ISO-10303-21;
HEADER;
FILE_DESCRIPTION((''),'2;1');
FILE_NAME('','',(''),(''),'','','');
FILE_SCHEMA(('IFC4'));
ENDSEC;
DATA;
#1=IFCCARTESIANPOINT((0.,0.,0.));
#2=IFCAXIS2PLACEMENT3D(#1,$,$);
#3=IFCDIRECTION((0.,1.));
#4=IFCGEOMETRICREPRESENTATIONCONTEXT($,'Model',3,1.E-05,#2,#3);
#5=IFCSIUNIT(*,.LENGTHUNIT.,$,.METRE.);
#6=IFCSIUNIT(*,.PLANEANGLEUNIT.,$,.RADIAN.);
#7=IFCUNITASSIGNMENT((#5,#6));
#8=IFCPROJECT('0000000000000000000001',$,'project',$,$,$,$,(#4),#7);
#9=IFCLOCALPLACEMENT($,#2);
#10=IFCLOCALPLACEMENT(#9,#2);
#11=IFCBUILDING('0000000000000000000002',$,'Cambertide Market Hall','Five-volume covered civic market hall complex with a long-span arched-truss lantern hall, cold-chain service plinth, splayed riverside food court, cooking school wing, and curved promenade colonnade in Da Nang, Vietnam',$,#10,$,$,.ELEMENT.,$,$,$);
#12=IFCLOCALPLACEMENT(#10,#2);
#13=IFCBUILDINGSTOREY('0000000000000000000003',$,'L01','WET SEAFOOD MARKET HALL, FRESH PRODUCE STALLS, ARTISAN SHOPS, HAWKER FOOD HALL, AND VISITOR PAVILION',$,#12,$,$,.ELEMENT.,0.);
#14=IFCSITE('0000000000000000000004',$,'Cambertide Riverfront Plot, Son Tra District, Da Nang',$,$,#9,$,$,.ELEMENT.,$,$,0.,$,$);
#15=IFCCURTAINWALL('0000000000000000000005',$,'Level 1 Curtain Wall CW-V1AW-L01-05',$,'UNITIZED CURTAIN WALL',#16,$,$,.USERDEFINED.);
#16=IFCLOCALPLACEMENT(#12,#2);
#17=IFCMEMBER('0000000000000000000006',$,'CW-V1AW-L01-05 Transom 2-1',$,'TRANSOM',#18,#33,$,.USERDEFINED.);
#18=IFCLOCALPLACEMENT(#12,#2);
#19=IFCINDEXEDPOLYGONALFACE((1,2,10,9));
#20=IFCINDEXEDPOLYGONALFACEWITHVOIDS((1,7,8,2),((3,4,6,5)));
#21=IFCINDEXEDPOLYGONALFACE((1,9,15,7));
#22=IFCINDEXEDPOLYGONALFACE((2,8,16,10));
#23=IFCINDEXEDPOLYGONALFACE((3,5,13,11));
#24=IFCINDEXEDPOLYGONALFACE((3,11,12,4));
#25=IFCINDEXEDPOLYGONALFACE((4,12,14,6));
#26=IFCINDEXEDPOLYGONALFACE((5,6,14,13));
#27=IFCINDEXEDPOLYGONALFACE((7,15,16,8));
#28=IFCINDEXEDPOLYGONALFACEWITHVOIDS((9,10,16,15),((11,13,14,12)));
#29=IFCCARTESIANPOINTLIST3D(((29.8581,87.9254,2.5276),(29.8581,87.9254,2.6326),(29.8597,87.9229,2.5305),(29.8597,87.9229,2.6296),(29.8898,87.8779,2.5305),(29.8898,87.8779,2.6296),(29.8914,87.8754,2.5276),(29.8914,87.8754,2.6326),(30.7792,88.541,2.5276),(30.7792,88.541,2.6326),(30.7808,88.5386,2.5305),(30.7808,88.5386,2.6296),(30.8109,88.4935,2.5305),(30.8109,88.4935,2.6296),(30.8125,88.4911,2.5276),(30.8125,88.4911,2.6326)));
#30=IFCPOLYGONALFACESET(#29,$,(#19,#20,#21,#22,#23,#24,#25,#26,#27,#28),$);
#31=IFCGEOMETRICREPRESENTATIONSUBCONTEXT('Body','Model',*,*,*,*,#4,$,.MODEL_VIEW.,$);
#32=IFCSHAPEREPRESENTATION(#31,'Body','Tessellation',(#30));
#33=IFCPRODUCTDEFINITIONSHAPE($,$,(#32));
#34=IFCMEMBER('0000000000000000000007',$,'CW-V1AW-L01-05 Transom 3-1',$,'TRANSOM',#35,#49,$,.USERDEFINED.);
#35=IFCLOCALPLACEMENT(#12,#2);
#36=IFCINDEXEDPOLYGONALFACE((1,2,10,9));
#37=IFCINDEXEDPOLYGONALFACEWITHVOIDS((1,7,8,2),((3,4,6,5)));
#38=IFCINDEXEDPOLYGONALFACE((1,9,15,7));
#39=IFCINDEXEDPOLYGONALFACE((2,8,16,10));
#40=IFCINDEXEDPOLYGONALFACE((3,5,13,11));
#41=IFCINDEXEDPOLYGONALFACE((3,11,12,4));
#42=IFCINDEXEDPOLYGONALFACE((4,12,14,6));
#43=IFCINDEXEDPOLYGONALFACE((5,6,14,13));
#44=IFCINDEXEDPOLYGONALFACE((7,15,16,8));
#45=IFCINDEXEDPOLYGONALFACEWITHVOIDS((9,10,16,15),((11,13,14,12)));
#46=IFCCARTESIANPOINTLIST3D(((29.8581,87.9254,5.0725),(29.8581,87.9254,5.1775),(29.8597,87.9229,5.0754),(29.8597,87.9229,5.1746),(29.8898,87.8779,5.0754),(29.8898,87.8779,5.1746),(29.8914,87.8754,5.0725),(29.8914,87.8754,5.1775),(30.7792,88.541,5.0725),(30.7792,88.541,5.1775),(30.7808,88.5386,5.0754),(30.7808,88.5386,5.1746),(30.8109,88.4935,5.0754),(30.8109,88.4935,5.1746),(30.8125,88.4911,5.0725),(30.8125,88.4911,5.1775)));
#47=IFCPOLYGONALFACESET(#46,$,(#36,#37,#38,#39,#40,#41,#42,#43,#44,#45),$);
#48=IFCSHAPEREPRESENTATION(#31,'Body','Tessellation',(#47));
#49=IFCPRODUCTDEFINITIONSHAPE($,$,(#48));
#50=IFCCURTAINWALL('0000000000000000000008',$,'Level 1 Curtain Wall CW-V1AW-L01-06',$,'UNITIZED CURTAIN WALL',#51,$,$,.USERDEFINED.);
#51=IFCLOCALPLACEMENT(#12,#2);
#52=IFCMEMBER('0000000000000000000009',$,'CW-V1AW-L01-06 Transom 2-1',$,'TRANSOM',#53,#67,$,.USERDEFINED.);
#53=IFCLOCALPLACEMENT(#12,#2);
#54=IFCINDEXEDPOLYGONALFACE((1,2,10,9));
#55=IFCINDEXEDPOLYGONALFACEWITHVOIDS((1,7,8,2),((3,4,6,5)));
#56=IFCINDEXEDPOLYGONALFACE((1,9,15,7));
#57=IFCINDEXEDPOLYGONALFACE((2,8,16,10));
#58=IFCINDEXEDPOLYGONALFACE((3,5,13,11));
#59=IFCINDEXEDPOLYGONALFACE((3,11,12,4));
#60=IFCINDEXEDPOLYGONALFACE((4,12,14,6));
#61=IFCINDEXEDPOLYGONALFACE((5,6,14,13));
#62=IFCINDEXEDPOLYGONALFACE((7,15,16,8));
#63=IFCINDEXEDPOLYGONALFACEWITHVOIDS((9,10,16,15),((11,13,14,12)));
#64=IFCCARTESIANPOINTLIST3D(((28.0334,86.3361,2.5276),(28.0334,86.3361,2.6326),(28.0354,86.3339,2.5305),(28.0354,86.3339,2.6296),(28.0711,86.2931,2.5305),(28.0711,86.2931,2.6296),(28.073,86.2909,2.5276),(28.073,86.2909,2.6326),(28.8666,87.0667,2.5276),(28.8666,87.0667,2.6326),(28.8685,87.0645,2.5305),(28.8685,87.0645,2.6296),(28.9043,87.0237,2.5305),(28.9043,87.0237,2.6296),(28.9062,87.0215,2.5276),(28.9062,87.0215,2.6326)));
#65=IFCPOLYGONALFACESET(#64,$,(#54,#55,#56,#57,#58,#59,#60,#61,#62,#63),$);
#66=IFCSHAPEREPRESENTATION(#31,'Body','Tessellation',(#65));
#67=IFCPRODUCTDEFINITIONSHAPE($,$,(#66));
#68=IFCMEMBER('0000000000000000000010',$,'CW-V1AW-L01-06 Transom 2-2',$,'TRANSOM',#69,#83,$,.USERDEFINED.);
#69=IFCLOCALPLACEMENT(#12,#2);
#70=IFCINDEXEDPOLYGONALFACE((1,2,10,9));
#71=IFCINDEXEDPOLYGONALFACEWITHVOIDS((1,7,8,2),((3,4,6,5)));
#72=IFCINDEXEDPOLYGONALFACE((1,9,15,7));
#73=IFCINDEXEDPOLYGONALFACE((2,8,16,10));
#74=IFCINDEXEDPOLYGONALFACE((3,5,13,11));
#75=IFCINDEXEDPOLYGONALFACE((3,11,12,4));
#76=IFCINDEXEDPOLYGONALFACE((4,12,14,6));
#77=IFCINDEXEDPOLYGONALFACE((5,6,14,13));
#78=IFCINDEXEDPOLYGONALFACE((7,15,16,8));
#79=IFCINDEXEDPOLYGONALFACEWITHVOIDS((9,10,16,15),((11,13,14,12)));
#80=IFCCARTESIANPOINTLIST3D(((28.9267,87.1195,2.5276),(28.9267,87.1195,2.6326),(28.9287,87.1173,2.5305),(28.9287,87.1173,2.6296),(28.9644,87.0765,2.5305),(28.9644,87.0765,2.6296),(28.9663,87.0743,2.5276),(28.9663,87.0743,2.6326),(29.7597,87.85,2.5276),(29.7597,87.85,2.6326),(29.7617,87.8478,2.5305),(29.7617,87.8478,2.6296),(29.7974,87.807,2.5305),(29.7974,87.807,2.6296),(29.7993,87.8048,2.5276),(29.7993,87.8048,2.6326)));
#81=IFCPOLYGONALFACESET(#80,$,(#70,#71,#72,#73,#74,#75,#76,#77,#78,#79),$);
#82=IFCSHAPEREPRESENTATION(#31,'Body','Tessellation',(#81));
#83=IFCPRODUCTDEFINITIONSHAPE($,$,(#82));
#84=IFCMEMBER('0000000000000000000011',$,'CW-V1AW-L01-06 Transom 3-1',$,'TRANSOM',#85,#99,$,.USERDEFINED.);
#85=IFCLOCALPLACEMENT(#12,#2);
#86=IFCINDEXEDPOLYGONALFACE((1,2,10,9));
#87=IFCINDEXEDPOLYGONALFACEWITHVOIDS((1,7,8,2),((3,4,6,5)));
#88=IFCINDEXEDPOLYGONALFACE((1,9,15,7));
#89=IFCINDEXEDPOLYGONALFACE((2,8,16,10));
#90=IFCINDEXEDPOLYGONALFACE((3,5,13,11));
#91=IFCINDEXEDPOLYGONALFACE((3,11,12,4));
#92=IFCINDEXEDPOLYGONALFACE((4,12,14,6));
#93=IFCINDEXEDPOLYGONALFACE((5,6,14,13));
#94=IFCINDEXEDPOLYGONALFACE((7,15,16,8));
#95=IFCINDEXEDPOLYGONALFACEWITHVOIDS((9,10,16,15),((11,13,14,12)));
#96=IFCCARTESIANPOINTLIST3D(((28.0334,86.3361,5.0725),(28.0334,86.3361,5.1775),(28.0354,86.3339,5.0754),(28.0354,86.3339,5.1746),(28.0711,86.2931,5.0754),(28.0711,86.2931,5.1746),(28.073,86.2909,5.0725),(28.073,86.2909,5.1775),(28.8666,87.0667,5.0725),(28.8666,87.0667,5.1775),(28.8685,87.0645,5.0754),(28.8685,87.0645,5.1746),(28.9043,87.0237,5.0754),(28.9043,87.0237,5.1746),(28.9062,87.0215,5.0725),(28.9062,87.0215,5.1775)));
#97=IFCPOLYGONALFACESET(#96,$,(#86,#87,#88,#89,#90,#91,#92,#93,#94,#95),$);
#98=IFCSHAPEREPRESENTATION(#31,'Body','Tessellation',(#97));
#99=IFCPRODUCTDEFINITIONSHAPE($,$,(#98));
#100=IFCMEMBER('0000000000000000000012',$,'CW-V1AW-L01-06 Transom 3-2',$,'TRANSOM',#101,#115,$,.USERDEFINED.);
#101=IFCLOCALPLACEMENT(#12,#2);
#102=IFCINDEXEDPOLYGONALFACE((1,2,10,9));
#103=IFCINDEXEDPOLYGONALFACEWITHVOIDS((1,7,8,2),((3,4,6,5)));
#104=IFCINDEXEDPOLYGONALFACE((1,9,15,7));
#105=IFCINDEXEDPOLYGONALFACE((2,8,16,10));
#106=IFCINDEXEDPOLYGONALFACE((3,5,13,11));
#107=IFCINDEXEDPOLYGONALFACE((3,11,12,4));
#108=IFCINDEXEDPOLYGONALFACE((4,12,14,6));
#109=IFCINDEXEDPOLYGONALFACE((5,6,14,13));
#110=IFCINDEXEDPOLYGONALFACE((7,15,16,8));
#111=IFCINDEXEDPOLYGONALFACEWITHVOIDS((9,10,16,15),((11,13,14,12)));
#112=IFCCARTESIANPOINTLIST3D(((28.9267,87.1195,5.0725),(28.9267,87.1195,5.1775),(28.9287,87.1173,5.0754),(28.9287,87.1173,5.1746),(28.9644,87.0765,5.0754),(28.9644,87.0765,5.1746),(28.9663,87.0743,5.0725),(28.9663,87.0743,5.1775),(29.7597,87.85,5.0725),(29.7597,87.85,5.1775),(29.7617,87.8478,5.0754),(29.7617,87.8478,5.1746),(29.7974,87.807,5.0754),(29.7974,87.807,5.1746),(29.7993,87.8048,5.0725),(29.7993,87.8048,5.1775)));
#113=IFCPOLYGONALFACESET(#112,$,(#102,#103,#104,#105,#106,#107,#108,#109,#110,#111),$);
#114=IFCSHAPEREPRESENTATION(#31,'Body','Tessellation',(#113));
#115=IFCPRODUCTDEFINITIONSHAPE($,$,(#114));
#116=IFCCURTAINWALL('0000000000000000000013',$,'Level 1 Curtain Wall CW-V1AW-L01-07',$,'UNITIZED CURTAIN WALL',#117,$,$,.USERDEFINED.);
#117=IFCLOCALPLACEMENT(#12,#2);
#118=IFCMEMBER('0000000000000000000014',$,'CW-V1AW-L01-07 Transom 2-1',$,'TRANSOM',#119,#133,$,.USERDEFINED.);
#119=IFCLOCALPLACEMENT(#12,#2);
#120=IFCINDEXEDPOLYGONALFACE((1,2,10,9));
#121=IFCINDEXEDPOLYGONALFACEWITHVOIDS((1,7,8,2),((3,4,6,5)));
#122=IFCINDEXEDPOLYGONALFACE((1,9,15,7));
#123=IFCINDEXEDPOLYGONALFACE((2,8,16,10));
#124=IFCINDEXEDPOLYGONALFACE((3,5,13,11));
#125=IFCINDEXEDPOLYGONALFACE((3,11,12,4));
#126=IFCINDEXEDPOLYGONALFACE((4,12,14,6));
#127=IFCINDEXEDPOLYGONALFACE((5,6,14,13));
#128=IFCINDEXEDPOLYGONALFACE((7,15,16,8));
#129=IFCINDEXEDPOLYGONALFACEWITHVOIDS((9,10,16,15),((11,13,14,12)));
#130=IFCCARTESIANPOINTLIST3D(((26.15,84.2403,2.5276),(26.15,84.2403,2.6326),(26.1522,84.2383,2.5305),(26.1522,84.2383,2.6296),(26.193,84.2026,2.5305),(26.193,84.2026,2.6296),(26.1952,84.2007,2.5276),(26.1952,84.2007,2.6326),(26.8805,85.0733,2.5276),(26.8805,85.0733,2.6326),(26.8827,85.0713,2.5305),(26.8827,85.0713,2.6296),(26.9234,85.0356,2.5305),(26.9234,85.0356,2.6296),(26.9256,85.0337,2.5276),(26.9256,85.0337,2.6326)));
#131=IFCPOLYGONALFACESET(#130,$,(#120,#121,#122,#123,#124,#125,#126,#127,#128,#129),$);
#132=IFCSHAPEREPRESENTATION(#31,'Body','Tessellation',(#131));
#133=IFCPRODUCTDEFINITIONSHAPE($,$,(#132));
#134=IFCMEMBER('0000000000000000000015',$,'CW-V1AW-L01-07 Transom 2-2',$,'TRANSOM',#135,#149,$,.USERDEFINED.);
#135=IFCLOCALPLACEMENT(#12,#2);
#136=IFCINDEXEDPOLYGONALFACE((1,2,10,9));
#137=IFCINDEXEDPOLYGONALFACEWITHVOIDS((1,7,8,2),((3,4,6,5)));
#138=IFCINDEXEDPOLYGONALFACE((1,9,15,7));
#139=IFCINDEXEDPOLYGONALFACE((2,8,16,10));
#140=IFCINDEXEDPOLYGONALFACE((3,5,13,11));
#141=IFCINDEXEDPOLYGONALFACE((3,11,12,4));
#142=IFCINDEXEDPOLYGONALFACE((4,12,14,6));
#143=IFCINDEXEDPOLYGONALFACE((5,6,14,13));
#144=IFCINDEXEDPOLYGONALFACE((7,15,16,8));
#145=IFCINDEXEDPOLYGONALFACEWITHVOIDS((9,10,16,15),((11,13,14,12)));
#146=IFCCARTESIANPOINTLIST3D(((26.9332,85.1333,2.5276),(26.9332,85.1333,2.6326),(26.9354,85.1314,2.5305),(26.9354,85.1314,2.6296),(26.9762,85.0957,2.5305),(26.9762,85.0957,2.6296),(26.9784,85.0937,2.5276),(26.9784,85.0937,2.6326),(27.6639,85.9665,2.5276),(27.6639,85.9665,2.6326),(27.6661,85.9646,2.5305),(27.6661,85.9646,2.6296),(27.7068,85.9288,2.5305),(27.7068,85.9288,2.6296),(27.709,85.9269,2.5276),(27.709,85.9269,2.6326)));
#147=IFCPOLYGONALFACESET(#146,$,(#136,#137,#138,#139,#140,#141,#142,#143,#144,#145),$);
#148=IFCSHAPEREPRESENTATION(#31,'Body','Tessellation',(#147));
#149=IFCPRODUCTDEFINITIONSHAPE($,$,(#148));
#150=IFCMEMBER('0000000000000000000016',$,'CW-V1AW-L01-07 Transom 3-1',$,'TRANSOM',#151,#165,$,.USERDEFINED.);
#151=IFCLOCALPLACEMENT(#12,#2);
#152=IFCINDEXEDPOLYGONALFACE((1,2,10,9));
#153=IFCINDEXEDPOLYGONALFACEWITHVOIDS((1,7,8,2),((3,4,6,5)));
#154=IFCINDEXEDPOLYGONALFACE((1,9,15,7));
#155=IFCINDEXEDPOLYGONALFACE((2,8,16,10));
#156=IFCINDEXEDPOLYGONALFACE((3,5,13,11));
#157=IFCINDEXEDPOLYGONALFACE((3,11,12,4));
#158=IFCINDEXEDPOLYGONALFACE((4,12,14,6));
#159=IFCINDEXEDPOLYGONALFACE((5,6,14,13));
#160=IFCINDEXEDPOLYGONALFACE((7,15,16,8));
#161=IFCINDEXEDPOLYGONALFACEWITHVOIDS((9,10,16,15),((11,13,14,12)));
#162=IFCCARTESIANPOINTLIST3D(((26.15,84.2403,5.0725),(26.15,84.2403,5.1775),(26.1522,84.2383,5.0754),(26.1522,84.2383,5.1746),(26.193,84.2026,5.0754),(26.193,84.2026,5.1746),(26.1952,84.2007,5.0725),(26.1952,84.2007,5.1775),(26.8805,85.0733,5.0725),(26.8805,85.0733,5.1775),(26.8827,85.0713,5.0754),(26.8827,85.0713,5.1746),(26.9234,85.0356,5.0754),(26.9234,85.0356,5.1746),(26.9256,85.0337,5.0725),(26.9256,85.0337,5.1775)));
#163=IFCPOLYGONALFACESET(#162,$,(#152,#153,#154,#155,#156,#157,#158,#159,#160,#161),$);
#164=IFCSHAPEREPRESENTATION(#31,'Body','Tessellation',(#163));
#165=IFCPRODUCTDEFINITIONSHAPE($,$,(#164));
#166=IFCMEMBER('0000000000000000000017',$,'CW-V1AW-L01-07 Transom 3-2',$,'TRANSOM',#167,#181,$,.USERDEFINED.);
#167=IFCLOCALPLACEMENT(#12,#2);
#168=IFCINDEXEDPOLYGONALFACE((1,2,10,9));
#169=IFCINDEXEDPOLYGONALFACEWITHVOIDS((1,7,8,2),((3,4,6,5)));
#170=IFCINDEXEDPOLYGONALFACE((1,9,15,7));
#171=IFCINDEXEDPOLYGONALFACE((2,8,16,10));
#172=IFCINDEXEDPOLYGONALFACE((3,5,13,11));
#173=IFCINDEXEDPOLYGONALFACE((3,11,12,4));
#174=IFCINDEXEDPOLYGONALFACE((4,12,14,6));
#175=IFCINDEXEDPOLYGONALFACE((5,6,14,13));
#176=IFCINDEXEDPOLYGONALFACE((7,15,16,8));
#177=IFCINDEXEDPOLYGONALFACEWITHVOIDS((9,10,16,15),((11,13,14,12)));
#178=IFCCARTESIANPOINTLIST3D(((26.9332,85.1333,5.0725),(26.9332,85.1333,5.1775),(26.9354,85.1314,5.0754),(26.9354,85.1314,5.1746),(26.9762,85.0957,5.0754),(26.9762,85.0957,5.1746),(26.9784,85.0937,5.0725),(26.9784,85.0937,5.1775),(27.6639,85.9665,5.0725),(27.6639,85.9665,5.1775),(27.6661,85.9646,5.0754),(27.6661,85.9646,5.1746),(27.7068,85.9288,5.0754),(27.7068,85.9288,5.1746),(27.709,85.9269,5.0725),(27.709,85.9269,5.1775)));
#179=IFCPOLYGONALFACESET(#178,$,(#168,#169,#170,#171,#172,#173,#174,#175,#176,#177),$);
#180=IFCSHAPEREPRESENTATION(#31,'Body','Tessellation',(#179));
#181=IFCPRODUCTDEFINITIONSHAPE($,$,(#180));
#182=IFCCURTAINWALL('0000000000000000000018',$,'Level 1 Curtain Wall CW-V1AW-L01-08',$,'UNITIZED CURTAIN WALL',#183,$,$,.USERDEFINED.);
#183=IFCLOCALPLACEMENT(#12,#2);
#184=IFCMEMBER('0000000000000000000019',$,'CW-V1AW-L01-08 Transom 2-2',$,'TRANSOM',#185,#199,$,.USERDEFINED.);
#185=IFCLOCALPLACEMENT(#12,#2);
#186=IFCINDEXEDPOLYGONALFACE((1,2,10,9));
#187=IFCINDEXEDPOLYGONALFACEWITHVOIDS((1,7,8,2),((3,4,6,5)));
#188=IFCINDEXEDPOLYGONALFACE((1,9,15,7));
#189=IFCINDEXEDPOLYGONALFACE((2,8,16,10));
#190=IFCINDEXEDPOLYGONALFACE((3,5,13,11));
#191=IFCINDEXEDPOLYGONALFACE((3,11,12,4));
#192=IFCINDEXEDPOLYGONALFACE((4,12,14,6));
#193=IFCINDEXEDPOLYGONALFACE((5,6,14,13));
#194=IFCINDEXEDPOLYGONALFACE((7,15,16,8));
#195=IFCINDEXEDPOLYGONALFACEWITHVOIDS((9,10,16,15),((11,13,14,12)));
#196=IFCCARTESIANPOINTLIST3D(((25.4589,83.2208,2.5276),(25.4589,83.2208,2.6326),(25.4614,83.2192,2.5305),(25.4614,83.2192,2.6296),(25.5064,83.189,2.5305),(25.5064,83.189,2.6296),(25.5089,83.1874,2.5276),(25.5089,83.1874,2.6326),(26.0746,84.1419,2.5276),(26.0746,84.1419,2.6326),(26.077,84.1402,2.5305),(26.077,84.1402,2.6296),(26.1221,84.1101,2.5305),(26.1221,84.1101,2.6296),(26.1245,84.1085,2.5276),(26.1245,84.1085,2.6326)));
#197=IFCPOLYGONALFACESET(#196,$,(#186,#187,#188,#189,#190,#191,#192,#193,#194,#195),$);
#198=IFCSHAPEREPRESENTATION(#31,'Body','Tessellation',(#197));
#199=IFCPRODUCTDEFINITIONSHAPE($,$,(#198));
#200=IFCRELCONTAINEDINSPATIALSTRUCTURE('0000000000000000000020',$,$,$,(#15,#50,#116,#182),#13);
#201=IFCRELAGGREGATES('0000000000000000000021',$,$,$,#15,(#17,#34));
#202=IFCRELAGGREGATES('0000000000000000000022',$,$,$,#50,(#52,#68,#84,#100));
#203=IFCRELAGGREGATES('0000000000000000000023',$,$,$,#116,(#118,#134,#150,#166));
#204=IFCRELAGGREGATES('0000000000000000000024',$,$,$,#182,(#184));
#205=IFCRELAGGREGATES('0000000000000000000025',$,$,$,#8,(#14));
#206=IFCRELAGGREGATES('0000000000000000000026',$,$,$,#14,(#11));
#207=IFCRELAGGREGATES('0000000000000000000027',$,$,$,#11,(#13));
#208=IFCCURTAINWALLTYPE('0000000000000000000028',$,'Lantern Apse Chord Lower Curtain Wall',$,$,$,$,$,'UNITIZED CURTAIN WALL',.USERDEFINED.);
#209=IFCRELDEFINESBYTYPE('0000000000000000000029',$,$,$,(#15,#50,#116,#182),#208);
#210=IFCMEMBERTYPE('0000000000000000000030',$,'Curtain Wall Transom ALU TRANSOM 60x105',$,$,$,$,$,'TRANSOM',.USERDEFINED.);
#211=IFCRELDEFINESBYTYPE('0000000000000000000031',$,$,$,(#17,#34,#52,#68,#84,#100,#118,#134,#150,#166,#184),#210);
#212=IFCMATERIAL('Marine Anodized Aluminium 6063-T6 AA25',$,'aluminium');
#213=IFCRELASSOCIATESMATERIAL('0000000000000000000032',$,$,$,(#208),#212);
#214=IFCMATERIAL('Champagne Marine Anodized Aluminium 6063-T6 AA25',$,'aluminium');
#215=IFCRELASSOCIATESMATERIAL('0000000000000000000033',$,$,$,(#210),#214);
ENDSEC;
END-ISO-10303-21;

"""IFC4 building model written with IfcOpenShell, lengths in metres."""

from ifc_helpers import new_model, si_unit, direction, frame, origin, origin_2d, place, context, subcontext, project, spatial, hollow_rectangle, extrude, material, material_profile, profile_set, type_object, element, aggregate, save


model = new_model("IFC4")

# Units and contexts
model_context = context("Model", 3, precision=1e-05, world=origin(), true_north=direction((0.0, 1.0)))
body_context = subcontext(model_context, "Body", "Model", "MODEL_VIEW")
ifc_project = project(units=[si_unit("LENGTHUNIT", "METRE"), si_unit("PLANEANGLEUNIT", "RADIAN")], contexts=[model_context])

# Site, building, storey
site_placement = place(None, origin())
site = spatial("IfcSite", under=ifc_project, at=site_placement, Name="Cambertide Riverfront Plot, Son Tra District, Da Nang", CompositionType="ELEMENT", RefElevation=0.0)
building_placement = place(site_placement, origin())
building = spatial("IfcBuilding", under=site, at=building_placement, Name="Cambertide Market Hall", Description="Five-volume covered civic market hall complex with a long-span arched-truss lantern hall, cold-chain service plinth, splayed riverside food court, cooking school wing, and curved promenade colonnade in Da Nang, Vietnam", CompositionType="ELEMENT")
storey_placement = place(building_placement, origin())
storey = spatial("IfcBuildingStorey", under=building, at=storey_placement, Name="L01", Description="WET SEAFOOD MARKET HALL, FRESH PRODUCE STALLS, ARTISAN SHOPS, HAWKER FOOD HALL, AND VISITOR PAVILION", CompositionType="ELEMENT", Elevation=0.0)

# Curtain walls, members
ifc_material_1 = material(Name="Marine Anodized Aluminium 6063-T6 AA25", Category="aluminium")
curtain_wall_type = type_object("IfcCurtainWallType", Name="Lantern Apse Chord Lower Curtain Wall", ElementType="UNITIZED CURTAIN WALL", PredefinedType="USERDEFINED", material=ifc_material_1)
curtain_wall_1_placement = place(storey_placement, origin())
curtain_wall_1 = element("IfcCurtainWall", 1, at=curtain_wall_1_placement, inside=storey, type_object=curtain_wall_type, Name="Level 1 Curtain Wall CW-V1AW-L01-05", ObjectType="UNITIZED CURTAIN WALL", PredefinedType="USERDEFINED")
ifc_material_2 = material(Name="Champagne Marine Anodized Aluminium 6063-T6 AA25", Category="aluminium")
ifc_material_profile = material_profile(ifc_material_2, hollow_rectangle(XDim=0.0601, YDim=0.105, WallThickness=0.0029, at=origin_2d()), Name="ALU TRANSOM 60x105")
ifc_profile_set = profile_set([ifc_material_profile], Name="Champagne Marine Anodized Aluminium 6063-T6 AA25")
member_type = type_object("IfcMemberType", Name="Curtain Wall Transom ALU TRANSOM 60x105", ElementType="TRANSOM", PredefinedType="USERDEFINED", material=ifc_profile_set)
member_1_placement = place(storey_placement, frame((29.8748, 87.9004, 2.5801), z_axis=(0.831372, 0.555717, 0.0), x_axis=(-0.555717, 0.831372, 0.0)))
member_1 = element("IfcMember", 2, at=member_1_placement, type_object=member_type, Name="CW-V1AW-L01-05 Transom 2-1", ObjectType="TRANSOM", PredefinedType="USERDEFINED", context=body_context, shape_type="SweptSolid", body=[
    extrude(hollow_rectangle(XDim=0.0601, YDim=0.105, WallThickness=0.0029, at=origin_2d()), origin(), (0.0, 0.0, 1.0), 1.1079),
])
member_2_placement = place(storey_placement, frame((29.8748, 87.9004, 5.125), z_axis=(0.831372, 0.555717, 0.0), x_axis=(-0.555717, 0.831372, 0.0)))
member_2 = element("IfcMember", 3, at=member_2_placement, type_object=member_type, Name="CW-V1AW-L01-05 Transom 3-1", ObjectType="TRANSOM", PredefinedType="USERDEFINED", context=body_context, shape_type="SweptSolid", body=[
    extrude(hollow_rectangle(XDim=0.0601, YDim=0.105, WallThickness=0.0029, at=origin_2d()), origin(), (0.0, 0.0, 1.0), 1.1079),
])
curtain_wall_2_placement = place(storey_placement, origin())
curtain_wall_2 = element("IfcCurtainWall", 4, at=curtain_wall_2_placement, inside=storey, type_object=curtain_wall_type, Name="Level 1 Curtain Wall CW-V1AW-L01-06", ObjectType="UNITIZED CURTAIN WALL", PredefinedType="USERDEFINED")
member_3_placement = place(storey_placement, frame((28.0532, 86.3135, 2.5801), z_axis=(0.751853, 0.659331, 0.0), x_axis=(-0.659331, 0.751853, 0.0)))
member_3 = element("IfcMember", 5, at=member_3_placement, type_object=member_type, Name="CW-V1AW-L01-06 Transom 2-1", ObjectType="TRANSOM", PredefinedType="USERDEFINED", context=body_context, shape_type="SweptSolid", body=[
    extrude(hollow_rectangle(XDim=0.0601, YDim=0.105, WallThickness=0.0029, at=origin_2d()), origin(), (0.0, 0.0, 1.0), 1.1082),
])
member_4_placement = place(storey_placement, frame((28.9465, 87.0969, 2.5801), z_axis=(0.751866, 0.659315, 0.0), x_axis=(-0.659315, 0.751866, 0.0)))
member_4 = element("IfcMember", 6, at=member_4_placement, type_object=member_type, Name="CW-V1AW-L01-06 Transom 2-2", ObjectType="TRANSOM", PredefinedType="USERDEFINED", context=body_context, shape_type="SweptSolid", body=[
    extrude(hollow_rectangle(XDim=0.0601, YDim=0.105, WallThickness=0.0029, at=origin_2d()), origin(), (0.0, 0.0, 1.0), 1.1079),
])
member_5_placement = place(storey_placement, frame((28.0532, 86.3135, 5.125), z_axis=(0.751853, 0.659331, 0.0), x_axis=(-0.659331, 0.751853, 0.0)))
member_5 = element("IfcMember", 7, at=member_5_placement, type_object=member_type, Name="CW-V1AW-L01-06 Transom 3-1", ObjectType="TRANSOM", PredefinedType="USERDEFINED", context=body_context, shape_type="SweptSolid", body=[
    extrude(hollow_rectangle(XDim=0.0601, YDim=0.105, WallThickness=0.0029, at=origin_2d()), origin(), (0.0, 0.0, 1.0), 1.1082),
])
member_6_placement = place(storey_placement, frame((28.9465, 87.0969, 5.125), z_axis=(0.751866, 0.659315, 0.0), x_axis=(-0.659315, 0.751866, 0.0)))
member_6 = element("IfcMember", 8, at=member_6_placement, type_object=member_type, Name="CW-V1AW-L01-06 Transom 3-2", ObjectType="TRANSOM", PredefinedType="USERDEFINED", context=body_context, shape_type="SweptSolid", body=[
    extrude(hollow_rectangle(XDim=0.0601, YDim=0.105, WallThickness=0.0029, at=origin_2d()), origin(), (0.0, 0.0, 1.0), 1.1079),
])
curtain_wall_3_placement = place(storey_placement, origin())
curtain_wall_3 = element("IfcCurtainWall", 9, at=curtain_wall_3_placement, inside=storey, type_object=curtain_wall_type, Name="Level 1 Curtain Wall CW-V1AW-L01-07", ObjectType="UNITIZED CURTAIN WALL", PredefinedType="USERDEFINED")
member_7_placement = place(storey_placement, frame((26.1726, 84.2205, 2.5801), z_axis=(0.659315, 0.751866, 0.0), x_axis=(-0.751866, 0.659315, 0.0)))
member_7 = element("IfcMember", 10, at=member_7_placement, type_object=member_type, Name="CW-V1AW-L01-07 Transom 2-1", ObjectType="TRANSOM", PredefinedType="USERDEFINED", context=body_context, shape_type="SweptSolid", body=[
    extrude(hollow_rectangle(XDim=0.0601, YDim=0.105, WallThickness=0.0029, at=origin_2d()), origin(), (0.0, 0.0, 1.0), 1.1079),
])
member_8_placement = place(storey_placement, frame((26.9558, 85.1135, 2.5801), z_axis=(0.659331, 0.751853, 0.0), x_axis=(-0.751853, 0.659331, 0.0)))
member_8 = element("IfcMember", 11, at=member_8_placement, type_object=member_type, Name="CW-V1AW-L01-07 Transom 2-2", ObjectType="TRANSOM", PredefinedType="USERDEFINED", context=body_context, shape_type="SweptSolid", body=[
    extrude(hollow_rectangle(XDim=0.0601, YDim=0.105, WallThickness=0.0029, at=origin_2d()), origin(), (0.0, 0.0, 1.0), 1.1082),
])
member_9_placement = place(storey_placement, frame((26.1726, 84.2205, 5.125), z_axis=(0.659315, 0.751866, 0.0), x_axis=(-0.751866, 0.659315, 0.0)))
member_9 = element("IfcMember", 12, at=member_9_placement, type_object=member_type, Name="CW-V1AW-L01-07 Transom 3-1", ObjectType="TRANSOM", PredefinedType="USERDEFINED", context=body_context, shape_type="SweptSolid", body=[
    extrude(hollow_rectangle(XDim=0.0601, YDim=0.105, WallThickness=0.0029, at=origin_2d()), origin(), (0.0, 0.0, 1.0), 1.1079),
])
member_10_placement = place(storey_placement, frame((26.9558, 85.1135, 5.125), z_axis=(0.659331, 0.751853, 0.0), x_axis=(-0.751853, 0.659331, 0.0)))
member_10 = element("IfcMember", 13, at=member_10_placement, type_object=member_type, Name="CW-V1AW-L01-07 Transom 3-2", ObjectType="TRANSOM", PredefinedType="USERDEFINED", context=body_context, shape_type="SweptSolid", body=[
    extrude(hollow_rectangle(XDim=0.0601, YDim=0.105, WallThickness=0.0029, at=origin_2d()), origin(), (0.0, 0.0, 1.0), 1.1082),
])
curtain_wall_4_placement = place(storey_placement, origin())
curtain_wall_4 = element("IfcCurtainWall", 14, at=curtain_wall_4_placement, inside=storey, type_object=curtain_wall_type, Name="Level 1 Curtain Wall CW-V1AW-L01-08", ObjectType="UNITIZED CURTAIN WALL", PredefinedType="USERDEFINED")
member_11_placement = place(storey_placement, frame((25.4839, 83.2041, 2.5801), z_axis=(0.555717, 0.831372, 0.0), x_axis=(-0.831372, 0.555717, 0.0)))
member_11 = element("IfcMember", 15, at=member_11_placement, type_object=member_type, Name="CW-V1AW-L01-08 Transom 2-2", ObjectType="TRANSOM", PredefinedType="USERDEFINED", context=body_context, shape_type="SweptSolid", body=[
    extrude(hollow_rectangle(XDim=0.0601, YDim=0.105, WallThickness=0.0029, at=origin_2d()), origin(), (0.0, 0.0, 1.0), 1.1079),
])

aggregate(curtain_wall_1, [member_1, member_2])
aggregate(curtain_wall_2, [member_3, member_4, member_5, member_6])
aggregate(curtain_wall_3, [member_7, member_8, member_9, member_10])
aggregate(curtain_wall_4, [member_11])

save(model, "model.ifc")
